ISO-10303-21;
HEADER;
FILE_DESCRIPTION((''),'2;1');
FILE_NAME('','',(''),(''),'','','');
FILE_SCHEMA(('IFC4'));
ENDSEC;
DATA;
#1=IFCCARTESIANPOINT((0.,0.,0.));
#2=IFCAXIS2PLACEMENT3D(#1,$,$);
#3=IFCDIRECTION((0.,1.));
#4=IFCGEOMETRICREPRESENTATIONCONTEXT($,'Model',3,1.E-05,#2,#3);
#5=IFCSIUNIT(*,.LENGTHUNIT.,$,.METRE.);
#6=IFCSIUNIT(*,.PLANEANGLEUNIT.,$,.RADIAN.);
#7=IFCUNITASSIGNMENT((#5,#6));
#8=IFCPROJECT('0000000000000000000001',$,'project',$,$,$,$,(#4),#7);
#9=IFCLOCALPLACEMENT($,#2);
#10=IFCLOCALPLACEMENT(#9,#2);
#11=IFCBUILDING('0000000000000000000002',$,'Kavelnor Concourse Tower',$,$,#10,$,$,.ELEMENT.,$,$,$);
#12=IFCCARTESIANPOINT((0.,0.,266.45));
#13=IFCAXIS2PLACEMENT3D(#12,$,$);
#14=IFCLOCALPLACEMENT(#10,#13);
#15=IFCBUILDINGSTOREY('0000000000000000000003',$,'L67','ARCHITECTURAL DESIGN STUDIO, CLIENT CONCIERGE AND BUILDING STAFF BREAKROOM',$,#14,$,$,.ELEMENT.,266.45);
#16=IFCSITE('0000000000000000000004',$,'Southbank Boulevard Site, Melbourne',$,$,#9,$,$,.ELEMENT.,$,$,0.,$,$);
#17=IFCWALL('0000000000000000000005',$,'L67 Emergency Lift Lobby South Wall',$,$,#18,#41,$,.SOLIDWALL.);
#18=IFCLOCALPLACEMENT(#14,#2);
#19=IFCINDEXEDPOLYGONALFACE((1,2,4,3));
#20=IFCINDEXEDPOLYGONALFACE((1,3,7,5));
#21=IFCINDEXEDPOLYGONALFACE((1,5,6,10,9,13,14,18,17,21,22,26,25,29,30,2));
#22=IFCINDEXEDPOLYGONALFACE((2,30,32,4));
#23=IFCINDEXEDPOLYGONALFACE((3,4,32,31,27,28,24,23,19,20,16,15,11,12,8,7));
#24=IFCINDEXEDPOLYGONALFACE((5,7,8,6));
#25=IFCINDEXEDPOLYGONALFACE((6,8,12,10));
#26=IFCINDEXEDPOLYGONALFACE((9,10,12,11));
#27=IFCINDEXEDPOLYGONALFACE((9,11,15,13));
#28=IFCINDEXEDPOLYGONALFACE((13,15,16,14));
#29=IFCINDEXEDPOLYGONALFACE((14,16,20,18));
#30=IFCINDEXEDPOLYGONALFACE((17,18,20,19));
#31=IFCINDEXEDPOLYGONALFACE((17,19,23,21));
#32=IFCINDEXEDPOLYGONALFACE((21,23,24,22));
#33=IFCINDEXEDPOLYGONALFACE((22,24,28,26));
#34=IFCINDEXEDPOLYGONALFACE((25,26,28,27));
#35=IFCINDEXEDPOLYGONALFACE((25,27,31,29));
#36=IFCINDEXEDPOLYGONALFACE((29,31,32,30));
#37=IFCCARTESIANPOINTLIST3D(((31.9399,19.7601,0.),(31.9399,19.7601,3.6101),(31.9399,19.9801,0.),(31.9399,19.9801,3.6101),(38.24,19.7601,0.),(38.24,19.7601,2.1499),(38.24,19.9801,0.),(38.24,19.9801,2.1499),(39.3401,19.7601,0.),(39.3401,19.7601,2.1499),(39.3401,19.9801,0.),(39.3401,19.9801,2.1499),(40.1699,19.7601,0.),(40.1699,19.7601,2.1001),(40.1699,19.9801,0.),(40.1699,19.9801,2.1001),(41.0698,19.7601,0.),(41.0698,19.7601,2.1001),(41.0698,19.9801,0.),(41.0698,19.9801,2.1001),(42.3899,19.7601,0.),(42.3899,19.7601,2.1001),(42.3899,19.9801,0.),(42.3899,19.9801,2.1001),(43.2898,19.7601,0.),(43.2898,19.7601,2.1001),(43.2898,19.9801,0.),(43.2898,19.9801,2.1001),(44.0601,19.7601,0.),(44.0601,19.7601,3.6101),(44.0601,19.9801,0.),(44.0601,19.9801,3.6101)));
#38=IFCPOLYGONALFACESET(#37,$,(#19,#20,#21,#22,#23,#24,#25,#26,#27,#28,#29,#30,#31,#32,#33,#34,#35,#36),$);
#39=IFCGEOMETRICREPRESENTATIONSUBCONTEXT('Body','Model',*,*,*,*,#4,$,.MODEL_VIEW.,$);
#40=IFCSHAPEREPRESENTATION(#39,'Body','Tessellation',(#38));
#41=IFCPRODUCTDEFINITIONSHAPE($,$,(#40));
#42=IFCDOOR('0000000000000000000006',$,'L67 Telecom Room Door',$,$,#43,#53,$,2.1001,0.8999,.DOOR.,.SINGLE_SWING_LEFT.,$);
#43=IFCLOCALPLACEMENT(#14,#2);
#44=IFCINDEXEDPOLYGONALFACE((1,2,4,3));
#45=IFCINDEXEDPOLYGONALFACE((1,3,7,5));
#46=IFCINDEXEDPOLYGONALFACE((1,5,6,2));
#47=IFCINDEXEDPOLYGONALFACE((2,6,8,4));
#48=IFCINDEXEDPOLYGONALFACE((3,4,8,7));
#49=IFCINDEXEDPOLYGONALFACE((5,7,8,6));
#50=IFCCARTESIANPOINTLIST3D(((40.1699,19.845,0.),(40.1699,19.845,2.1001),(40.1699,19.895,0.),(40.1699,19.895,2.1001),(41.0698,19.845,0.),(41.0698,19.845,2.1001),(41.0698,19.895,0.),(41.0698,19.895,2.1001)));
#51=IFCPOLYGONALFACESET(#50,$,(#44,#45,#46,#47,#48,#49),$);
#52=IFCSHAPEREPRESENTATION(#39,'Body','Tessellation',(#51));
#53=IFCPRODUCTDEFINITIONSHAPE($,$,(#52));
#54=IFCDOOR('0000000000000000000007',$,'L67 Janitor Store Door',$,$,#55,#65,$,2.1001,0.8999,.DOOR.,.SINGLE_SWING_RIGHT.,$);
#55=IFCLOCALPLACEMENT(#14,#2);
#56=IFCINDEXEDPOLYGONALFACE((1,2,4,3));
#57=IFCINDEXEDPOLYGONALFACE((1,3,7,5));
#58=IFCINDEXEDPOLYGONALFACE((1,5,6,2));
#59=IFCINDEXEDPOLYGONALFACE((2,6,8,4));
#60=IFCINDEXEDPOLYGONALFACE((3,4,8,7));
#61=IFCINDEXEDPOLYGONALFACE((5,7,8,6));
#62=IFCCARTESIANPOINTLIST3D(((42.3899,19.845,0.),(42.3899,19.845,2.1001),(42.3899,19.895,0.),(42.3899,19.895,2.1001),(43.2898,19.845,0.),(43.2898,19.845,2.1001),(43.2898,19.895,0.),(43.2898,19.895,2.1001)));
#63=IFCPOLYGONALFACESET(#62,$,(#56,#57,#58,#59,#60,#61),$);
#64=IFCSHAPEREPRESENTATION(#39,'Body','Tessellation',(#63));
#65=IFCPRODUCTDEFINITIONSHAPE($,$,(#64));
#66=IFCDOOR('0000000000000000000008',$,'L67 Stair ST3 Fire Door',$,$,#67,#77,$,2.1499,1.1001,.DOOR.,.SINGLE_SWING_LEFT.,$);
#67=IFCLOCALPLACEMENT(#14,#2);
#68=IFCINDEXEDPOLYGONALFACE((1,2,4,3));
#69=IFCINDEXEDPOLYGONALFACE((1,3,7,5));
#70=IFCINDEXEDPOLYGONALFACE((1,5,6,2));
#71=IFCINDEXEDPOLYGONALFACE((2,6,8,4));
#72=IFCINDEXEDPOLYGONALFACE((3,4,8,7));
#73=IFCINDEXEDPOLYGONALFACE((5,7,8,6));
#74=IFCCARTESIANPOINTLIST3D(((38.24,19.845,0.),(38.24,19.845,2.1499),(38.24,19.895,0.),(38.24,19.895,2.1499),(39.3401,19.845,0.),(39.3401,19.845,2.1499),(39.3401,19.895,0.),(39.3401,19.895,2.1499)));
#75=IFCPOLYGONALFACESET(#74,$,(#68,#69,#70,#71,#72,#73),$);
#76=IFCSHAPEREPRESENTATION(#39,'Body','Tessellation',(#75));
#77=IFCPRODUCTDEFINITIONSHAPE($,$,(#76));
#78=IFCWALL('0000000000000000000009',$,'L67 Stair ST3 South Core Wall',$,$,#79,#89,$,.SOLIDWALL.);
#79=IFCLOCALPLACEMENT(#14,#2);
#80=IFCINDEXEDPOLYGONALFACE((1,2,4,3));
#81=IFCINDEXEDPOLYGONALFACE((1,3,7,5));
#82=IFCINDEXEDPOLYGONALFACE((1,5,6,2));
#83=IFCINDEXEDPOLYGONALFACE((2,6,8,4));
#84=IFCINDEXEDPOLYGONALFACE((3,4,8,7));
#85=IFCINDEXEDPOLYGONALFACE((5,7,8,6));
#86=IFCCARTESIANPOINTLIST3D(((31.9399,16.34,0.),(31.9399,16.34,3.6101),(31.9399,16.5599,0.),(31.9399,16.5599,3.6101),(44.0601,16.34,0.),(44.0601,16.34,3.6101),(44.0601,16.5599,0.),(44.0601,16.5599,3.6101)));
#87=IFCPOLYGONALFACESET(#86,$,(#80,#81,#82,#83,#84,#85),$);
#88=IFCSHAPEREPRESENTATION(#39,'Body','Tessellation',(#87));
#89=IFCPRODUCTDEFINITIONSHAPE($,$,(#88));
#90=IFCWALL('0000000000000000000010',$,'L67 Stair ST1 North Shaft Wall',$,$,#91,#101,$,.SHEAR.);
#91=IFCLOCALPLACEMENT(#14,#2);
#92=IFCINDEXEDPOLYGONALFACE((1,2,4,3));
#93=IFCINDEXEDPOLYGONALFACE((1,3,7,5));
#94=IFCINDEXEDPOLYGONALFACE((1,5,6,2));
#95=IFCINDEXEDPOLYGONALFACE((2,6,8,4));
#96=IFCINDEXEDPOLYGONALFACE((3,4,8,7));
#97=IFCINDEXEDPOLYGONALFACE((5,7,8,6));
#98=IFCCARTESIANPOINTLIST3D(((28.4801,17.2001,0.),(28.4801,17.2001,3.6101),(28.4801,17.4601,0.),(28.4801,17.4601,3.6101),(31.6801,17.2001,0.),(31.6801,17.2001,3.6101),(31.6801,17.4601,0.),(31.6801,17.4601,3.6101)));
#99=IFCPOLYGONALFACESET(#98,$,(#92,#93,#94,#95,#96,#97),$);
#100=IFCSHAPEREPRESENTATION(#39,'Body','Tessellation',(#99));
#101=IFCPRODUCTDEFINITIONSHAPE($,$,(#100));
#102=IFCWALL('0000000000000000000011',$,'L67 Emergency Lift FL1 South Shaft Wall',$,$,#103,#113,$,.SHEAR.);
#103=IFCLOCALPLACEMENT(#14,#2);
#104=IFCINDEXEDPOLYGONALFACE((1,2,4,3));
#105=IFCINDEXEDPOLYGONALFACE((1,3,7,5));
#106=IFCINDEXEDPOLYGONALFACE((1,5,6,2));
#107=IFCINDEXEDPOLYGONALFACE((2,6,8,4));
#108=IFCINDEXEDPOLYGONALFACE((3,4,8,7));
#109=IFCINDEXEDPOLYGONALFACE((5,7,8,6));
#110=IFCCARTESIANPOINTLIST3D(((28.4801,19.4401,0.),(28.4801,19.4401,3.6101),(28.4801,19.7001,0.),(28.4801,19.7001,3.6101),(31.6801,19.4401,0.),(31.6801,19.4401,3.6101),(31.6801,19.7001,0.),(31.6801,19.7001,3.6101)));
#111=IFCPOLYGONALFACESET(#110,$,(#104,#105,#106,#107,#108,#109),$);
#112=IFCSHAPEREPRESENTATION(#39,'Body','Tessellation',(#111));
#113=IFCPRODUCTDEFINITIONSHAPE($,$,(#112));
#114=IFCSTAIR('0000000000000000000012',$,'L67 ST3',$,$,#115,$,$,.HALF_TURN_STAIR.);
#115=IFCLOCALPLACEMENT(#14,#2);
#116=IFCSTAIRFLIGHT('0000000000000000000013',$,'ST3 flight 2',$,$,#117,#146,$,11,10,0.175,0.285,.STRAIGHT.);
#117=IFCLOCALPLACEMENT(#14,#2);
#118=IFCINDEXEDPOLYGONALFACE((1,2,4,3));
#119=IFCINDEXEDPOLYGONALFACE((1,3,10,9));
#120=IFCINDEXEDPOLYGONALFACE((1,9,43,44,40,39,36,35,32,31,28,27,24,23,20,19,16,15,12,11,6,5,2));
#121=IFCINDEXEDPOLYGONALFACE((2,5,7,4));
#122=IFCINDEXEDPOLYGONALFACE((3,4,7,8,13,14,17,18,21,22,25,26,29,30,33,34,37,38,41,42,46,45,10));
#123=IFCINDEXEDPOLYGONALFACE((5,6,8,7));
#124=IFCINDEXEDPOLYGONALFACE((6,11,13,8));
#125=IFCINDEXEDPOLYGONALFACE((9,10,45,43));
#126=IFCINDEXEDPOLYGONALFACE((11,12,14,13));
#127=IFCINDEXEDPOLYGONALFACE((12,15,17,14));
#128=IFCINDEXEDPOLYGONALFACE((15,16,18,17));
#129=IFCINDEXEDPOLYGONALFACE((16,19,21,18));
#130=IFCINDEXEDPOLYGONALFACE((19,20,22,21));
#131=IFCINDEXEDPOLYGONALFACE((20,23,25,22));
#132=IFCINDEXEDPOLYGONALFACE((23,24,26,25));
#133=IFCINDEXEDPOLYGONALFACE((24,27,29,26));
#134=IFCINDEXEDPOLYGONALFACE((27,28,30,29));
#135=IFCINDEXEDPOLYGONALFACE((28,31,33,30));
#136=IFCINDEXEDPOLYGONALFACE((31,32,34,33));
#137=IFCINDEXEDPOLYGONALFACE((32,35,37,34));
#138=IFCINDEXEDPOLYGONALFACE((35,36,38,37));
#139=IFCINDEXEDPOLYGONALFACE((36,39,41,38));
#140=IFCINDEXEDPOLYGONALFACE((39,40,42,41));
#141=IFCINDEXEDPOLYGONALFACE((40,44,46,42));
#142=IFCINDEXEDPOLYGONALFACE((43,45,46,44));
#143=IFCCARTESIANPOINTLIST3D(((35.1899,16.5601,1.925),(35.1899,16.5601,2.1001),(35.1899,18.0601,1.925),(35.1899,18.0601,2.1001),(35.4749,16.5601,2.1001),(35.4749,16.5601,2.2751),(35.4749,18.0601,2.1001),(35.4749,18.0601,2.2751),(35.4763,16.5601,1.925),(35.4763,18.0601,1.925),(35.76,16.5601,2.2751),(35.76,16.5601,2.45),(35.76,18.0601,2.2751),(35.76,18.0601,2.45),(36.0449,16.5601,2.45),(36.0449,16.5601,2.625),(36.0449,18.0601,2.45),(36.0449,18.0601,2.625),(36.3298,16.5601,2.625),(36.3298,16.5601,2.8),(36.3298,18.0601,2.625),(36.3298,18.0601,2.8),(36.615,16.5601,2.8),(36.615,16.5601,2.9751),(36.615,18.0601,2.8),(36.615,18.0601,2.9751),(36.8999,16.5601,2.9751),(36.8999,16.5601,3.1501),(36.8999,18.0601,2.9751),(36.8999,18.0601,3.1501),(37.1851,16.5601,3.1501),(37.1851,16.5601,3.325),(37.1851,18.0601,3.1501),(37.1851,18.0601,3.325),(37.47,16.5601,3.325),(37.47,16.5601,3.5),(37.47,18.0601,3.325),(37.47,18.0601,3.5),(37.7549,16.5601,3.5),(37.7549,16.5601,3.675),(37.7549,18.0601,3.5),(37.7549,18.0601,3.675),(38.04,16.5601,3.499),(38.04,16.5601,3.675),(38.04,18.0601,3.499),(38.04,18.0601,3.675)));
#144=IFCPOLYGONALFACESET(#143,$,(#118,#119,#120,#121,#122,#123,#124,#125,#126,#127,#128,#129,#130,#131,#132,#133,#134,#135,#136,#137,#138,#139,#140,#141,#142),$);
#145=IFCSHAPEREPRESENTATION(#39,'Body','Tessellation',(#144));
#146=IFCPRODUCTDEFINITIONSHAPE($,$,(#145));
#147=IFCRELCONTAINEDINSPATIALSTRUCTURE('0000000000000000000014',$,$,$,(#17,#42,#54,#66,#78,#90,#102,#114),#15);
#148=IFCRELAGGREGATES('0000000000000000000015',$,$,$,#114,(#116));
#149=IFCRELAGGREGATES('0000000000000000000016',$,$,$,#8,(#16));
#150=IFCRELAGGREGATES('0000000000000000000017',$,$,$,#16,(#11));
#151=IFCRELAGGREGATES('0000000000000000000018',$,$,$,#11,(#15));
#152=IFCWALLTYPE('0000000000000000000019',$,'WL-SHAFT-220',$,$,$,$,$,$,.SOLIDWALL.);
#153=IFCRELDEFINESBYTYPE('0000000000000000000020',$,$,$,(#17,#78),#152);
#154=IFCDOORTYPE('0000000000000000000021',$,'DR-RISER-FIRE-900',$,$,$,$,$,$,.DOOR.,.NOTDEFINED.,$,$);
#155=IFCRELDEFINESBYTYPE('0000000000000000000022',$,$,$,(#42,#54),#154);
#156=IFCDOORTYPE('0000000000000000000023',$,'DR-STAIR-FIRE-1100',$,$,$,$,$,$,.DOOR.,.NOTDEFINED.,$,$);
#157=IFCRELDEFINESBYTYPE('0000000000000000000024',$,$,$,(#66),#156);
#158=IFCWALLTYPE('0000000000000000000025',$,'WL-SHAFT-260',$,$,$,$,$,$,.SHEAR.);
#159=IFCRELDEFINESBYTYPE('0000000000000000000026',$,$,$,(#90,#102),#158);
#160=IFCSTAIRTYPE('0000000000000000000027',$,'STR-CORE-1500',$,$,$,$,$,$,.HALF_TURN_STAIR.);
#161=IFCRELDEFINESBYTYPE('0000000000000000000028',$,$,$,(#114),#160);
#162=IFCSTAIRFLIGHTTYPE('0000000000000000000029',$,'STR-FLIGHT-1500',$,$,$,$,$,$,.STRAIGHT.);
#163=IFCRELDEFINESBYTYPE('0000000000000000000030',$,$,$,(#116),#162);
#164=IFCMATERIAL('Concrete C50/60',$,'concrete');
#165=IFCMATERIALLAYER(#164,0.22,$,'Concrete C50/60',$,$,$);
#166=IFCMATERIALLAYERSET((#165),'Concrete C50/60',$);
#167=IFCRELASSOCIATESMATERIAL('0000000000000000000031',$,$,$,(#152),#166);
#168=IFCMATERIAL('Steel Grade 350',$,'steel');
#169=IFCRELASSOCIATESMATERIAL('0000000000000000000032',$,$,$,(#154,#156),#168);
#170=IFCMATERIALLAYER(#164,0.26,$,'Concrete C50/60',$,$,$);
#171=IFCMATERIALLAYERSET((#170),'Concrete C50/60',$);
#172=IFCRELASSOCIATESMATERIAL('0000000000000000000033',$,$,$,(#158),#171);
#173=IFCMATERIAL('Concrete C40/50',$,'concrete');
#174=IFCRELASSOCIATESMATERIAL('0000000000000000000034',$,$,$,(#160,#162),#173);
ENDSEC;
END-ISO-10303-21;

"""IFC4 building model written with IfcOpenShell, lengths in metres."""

from ifc_helpers import new_model, si_unit, direction, frame, frame_2d, origin, place, context, subcontext, project, spatial, polyline, rectangle, outline, extrude, material, layer, layer_set, type_object, element, fill, aggregate, save


model = new_model("IFC4")

# Units and contexts
model_context = context("Model", 3, precision=1e-05, world=origin(), true_north=direction((0.0, 1.0)))
body_context = subcontext(model_context, "Body", "Model", "MODEL_VIEW")
ifc_project = project(units=[si_unit("LENGTHUNIT", "METRE"), si_unit("PLANEANGLEUNIT", "RADIAN")], contexts=[model_context])

# Site, building, storey
site_placement = place(None, origin())
site = spatial("IfcSite", under=ifc_project, at=site_placement, Name="Southbank Boulevard Site, Melbourne", CompositionType="ELEMENT", RefElevation=0.0)
building_placement = place(site_placement, origin())
building = spatial("IfcBuilding", under=site, at=building_placement, Name="Kavelnor Concourse Tower", CompositionType="ELEMENT")
storey_placement = place(building_placement, frame((0.0, 0.0, 266.45)))
storey = spatial("IfcBuildingStorey", under=building, at=storey_placement, Name="L67", Description="ARCHITECTURAL DESIGN STUDIO, CLIENT CONCIERGE AND BUILDING STAFF BREAKROOM", CompositionType="ELEMENT", Elevation=266.45)

# Shared definitions
ifc_material_1 = material(Name="Steel Grade 350", Category="steel")

# Wall, openings, doors
ifc_material_2 = material(Name="Concrete C50/60", Category="concrete")
ifc_layer_1 = layer(ifc_material_2, 0.22, Name="Concrete C50/60")
ifc_layer_set_1 = layer_set([ifc_layer_1], Name="Concrete C50/60")
wall_type_1 = type_object("IfcWallType", Name="WL-SHAFT-220", PredefinedType="SOLIDWALL", material=ifc_layer_set_1)
wall_1_placement = place(storey_placement, frame((31.9399, 19.8701, 0.0), z_axis=(0.0, 0.0, 1.0), x_axis=(1.0, 0.0, 0.0)))
wall_1 = element("IfcWall", 1, at=wall_1_placement, inside=storey, type_object=wall_type_1, Name="L67 Emergency Lift Lobby South Wall", PredefinedType="SOLIDWALL", context=body_context, shape_type="SweptSolid", body=[
    extrude(rectangle(XDim=12.1201, YDim=0.22, at=frame_2d((6.0601, 0.0))), origin(), (0.0, 0.0, 1.0), 3.6101),
])
opening_1_placement = place(wall_1_placement, frame((6.3, 0.0, 0.0)))
opening_1 = element("IfcOpeningElement", 2, at=opening_1_placement, cuts=wall_1, PredefinedType="OPENING", context=body_context, shape_type="SweptSolid", body=[
    extrude(rectangle(XDim=1.1001, YDim=2.1499, at=frame_2d((0.55, 1.075))), frame((0.0, 0.1201, 0.0), z_axis=(0.0, -1.0, 0.0), x_axis=(1.0, 0.0, 0.0)), (0.0, 0.0, 1.0), 0.24),
])
opening_2_placement = place(wall_1_placement, frame((8.23, 0.0, 0.0)))
opening_2 = element("IfcOpeningElement", 3, at=opening_2_placement, cuts=wall_1, PredefinedType="OPENING", context=body_context, shape_type="SweptSolid", body=[
    extrude(rectangle(XDim=0.8999, YDim=2.1001, at=frame_2d((0.45, 1.05))), frame((0.0, 0.1201, 0.0), z_axis=(0.0, -1.0, 0.0), x_axis=(1.0, 0.0, 0.0)), (0.0, 0.0, 1.0), 0.24),
])
opening_3_placement = place(wall_1_placement, frame((10.45, 0.0, 0.0)))
opening_3 = element("IfcOpeningElement", 4, at=opening_3_placement, cuts=wall_1, PredefinedType="OPENING", context=body_context, shape_type="SweptSolid", body=[
    extrude(rectangle(XDim=0.8999, YDim=2.1001, at=frame_2d((0.45, 1.05))), frame((0.0, 0.1201, 0.0), z_axis=(0.0, -1.0, 0.0), x_axis=(1.0, 0.0, 0.0)), (0.0, 0.0, 1.0), 0.24),
])
door_type_1 = type_object("IfcDoorType", Name="DR-RISER-FIRE-900", OperationType="NOTDEFINED", PredefinedType="DOOR", material=ifc_material_1)
door_1_placement = place(opening_2_placement, origin())
door_1 = element("IfcDoor", 5, at=door_1_placement, inside=storey, type_object=door_type_1, Name="L67 Telecom Room Door", OperationType="SINGLE_SWING_LEFT", OverallHeight=2.1001, OverallWidth=0.8999, PredefinedType="DOOR", context=body_context, shape_type="SweptSolid", body=[
    extrude(rectangle(XDim=0.8999, YDim=2.1001, at=frame_2d((0.45, 1.05))), frame((0.0, 0.0249, 0.0), z_axis=(0.0, -1.0, 0.0), x_axis=(1.0, 0.0, 0.0)), (0.0, 0.0, 1.0), 0.05),
])
fill(opening_2, door_1)
door_2_placement = place(opening_3_placement, origin())
door_2 = element("IfcDoor", 6, at=door_2_placement, inside=storey, type_object=door_type_1, Name="L67 Janitor Store Door", OperationType="SINGLE_SWING_RIGHT", OverallHeight=2.1001, OverallWidth=0.8999, PredefinedType="DOOR", context=body_context, shape_type="SweptSolid", body=[
    extrude(rectangle(XDim=0.8999, YDim=2.1001, at=frame_2d((0.45, 1.05))), frame((0.0, 0.0249, 0.0), z_axis=(0.0, -1.0, 0.0), x_axis=(1.0, 0.0, 0.0)), (0.0, 0.0, 1.0), 0.05),
])
fill(opening_3, door_2)
door_type_2 = type_object("IfcDoorType", Name="DR-STAIR-FIRE-1100", OperationType="NOTDEFINED", PredefinedType="DOOR", material=ifc_material_1)
door_3_placement = place(opening_1_placement, origin())
door_3 = element("IfcDoor", 7, at=door_3_placement, inside=storey, type_object=door_type_2, Name="L67 Stair ST3 Fire Door", OperationType="SINGLE_SWING_LEFT", OverallHeight=2.1499, OverallWidth=1.1001, PredefinedType="DOOR", context=body_context, shape_type="SweptSolid", body=[
    extrude(rectangle(XDim=1.1001, YDim=2.1499, at=frame_2d((0.55, 1.075))), frame((0.0, 0.0249, 0.0), z_axis=(0.0, -1.0, 0.0), x_axis=(1.0, 0.0, 0.0)), (0.0, 0.0, 1.0), 0.05),
])
fill(opening_1, door_3)

# Walls
wall_2_placement = place(storey_placement, frame((31.9399, 16.45, 0.0), z_axis=(0.0, 0.0, 1.0), x_axis=(1.0, 0.0, 0.0)))
element("IfcWall", 8, at=wall_2_placement, inside=storey, type_object=wall_type_1, Name="L67 Stair ST3 South Core Wall", PredefinedType="SOLIDWALL", context=body_context, shape_type="SweptSolid", body=[
    extrude(rectangle(XDim=12.1201, YDim=0.22, at=frame_2d((6.0601, 0.0))), origin(), (0.0, 0.0, 1.0), 3.6101),
])
ifc_layer_2 = layer(ifc_material_2, 0.26, Name="Concrete C50/60")
ifc_layer_set_2 = layer_set([ifc_layer_2], Name="Concrete C50/60")
wall_type_2 = type_object("IfcWallType", Name="WL-SHAFT-260", PredefinedType="SHEAR", material=ifc_layer_set_2)
for number, where, z_axis, x_axis, name in (
    (9, (28.48, 17.3301, 0.0), (0.0, 0.0, 1.0), (1.0, 0.0, 0.0), "L67 Stair ST1 North Shaft Wall"),
    (10, (28.48, 19.5701, 0.0), (0.0, 0.0, 1.0), (1.0, 0.0, 0.0), "L67 Emergency Lift FL1 South Shaft Wall"),
):
    element("IfcWall", number, at=place(storey_placement, frame(where, z_axis=z_axis, x_axis=x_axis)), inside=storey, type_object=wall_type_2, Name=name, PredefinedType="SHEAR", context=body_context, shape_type="SweptSolid", body=[
        extrude(rectangle(XDim=3.2, YDim=0.26, at=frame_2d((1.6001, 0.0))), origin(), (0.0, 0.0, 1.0), 3.6101),
    ])

# Stair, stair flight
ifc_material_3 = material(Name="Concrete C40/50", Category="concrete")
stair_type = type_object("IfcStairType", Name="STR-CORE-1500", PredefinedType="HALF_TURN_STAIR", material=ifc_material_3)
stair_placement = place(storey_placement, origin())
stair = element("IfcStair", 11, at=stair_placement, inside=storey, type_object=stair_type, Name="L67 ST3", PredefinedType="HALF_TURN_STAIR")
stair_flight_type = type_object("IfcStairFlightType", Name="STR-FLIGHT-1500", PredefinedType="STRAIGHT", material=ifc_material_3)
stair_flight_placement = place(storey_placement, frame((35.1899, 17.3101, 1.925), z_axis=(0.0, 0.0, 1.0), x_axis=(1.0, 0.0, 0.0)))
stair_flight = element("IfcStairFlight", 12, at=stair_flight_placement, type_object=stair_flight_type, Name="ST3 flight 2", NumberOfRisers=11, NumberOfTreads=10, PredefinedType="STRAIGHT", RiserHeight=0.175, TreadLength=0.285, context=body_context, shape_type="SweptSolid", body=[
    extrude(outline(polyline([(0.0, 0.0), (0.0, 0.175), (0.2849, 0.175), (0.2849, 0.3501), (0.5701, 0.3501), (0.5701, 0.5249), (0.855, 0.5249), (0.855, 0.7), (1.1399, 0.7), (1.1399, 0.875), (1.425, 0.875), (1.425, 1.05), (1.71, 1.05), (1.71, 1.2251), (1.9951, 1.2251), (1.9951, 1.3999), (2.28, 1.3999), (2.28, 1.575), (2.5649, 1.575), (2.5649, 1.75), (2.8501, 1.75), (2.8501, 1.925), (2.8501, 1.574), (0.2864, 0.0), (0.0, 0.0)])), frame((0.0, 0.75, 0.0), z_axis=(0.0, -1.0, 0.0), x_axis=(1.0, 0.0, 0.0)), (0.0, 0.0, 1.0), 1.5),
])
aggregate(stair, [stair_flight])

save(model, "model.ifc")
